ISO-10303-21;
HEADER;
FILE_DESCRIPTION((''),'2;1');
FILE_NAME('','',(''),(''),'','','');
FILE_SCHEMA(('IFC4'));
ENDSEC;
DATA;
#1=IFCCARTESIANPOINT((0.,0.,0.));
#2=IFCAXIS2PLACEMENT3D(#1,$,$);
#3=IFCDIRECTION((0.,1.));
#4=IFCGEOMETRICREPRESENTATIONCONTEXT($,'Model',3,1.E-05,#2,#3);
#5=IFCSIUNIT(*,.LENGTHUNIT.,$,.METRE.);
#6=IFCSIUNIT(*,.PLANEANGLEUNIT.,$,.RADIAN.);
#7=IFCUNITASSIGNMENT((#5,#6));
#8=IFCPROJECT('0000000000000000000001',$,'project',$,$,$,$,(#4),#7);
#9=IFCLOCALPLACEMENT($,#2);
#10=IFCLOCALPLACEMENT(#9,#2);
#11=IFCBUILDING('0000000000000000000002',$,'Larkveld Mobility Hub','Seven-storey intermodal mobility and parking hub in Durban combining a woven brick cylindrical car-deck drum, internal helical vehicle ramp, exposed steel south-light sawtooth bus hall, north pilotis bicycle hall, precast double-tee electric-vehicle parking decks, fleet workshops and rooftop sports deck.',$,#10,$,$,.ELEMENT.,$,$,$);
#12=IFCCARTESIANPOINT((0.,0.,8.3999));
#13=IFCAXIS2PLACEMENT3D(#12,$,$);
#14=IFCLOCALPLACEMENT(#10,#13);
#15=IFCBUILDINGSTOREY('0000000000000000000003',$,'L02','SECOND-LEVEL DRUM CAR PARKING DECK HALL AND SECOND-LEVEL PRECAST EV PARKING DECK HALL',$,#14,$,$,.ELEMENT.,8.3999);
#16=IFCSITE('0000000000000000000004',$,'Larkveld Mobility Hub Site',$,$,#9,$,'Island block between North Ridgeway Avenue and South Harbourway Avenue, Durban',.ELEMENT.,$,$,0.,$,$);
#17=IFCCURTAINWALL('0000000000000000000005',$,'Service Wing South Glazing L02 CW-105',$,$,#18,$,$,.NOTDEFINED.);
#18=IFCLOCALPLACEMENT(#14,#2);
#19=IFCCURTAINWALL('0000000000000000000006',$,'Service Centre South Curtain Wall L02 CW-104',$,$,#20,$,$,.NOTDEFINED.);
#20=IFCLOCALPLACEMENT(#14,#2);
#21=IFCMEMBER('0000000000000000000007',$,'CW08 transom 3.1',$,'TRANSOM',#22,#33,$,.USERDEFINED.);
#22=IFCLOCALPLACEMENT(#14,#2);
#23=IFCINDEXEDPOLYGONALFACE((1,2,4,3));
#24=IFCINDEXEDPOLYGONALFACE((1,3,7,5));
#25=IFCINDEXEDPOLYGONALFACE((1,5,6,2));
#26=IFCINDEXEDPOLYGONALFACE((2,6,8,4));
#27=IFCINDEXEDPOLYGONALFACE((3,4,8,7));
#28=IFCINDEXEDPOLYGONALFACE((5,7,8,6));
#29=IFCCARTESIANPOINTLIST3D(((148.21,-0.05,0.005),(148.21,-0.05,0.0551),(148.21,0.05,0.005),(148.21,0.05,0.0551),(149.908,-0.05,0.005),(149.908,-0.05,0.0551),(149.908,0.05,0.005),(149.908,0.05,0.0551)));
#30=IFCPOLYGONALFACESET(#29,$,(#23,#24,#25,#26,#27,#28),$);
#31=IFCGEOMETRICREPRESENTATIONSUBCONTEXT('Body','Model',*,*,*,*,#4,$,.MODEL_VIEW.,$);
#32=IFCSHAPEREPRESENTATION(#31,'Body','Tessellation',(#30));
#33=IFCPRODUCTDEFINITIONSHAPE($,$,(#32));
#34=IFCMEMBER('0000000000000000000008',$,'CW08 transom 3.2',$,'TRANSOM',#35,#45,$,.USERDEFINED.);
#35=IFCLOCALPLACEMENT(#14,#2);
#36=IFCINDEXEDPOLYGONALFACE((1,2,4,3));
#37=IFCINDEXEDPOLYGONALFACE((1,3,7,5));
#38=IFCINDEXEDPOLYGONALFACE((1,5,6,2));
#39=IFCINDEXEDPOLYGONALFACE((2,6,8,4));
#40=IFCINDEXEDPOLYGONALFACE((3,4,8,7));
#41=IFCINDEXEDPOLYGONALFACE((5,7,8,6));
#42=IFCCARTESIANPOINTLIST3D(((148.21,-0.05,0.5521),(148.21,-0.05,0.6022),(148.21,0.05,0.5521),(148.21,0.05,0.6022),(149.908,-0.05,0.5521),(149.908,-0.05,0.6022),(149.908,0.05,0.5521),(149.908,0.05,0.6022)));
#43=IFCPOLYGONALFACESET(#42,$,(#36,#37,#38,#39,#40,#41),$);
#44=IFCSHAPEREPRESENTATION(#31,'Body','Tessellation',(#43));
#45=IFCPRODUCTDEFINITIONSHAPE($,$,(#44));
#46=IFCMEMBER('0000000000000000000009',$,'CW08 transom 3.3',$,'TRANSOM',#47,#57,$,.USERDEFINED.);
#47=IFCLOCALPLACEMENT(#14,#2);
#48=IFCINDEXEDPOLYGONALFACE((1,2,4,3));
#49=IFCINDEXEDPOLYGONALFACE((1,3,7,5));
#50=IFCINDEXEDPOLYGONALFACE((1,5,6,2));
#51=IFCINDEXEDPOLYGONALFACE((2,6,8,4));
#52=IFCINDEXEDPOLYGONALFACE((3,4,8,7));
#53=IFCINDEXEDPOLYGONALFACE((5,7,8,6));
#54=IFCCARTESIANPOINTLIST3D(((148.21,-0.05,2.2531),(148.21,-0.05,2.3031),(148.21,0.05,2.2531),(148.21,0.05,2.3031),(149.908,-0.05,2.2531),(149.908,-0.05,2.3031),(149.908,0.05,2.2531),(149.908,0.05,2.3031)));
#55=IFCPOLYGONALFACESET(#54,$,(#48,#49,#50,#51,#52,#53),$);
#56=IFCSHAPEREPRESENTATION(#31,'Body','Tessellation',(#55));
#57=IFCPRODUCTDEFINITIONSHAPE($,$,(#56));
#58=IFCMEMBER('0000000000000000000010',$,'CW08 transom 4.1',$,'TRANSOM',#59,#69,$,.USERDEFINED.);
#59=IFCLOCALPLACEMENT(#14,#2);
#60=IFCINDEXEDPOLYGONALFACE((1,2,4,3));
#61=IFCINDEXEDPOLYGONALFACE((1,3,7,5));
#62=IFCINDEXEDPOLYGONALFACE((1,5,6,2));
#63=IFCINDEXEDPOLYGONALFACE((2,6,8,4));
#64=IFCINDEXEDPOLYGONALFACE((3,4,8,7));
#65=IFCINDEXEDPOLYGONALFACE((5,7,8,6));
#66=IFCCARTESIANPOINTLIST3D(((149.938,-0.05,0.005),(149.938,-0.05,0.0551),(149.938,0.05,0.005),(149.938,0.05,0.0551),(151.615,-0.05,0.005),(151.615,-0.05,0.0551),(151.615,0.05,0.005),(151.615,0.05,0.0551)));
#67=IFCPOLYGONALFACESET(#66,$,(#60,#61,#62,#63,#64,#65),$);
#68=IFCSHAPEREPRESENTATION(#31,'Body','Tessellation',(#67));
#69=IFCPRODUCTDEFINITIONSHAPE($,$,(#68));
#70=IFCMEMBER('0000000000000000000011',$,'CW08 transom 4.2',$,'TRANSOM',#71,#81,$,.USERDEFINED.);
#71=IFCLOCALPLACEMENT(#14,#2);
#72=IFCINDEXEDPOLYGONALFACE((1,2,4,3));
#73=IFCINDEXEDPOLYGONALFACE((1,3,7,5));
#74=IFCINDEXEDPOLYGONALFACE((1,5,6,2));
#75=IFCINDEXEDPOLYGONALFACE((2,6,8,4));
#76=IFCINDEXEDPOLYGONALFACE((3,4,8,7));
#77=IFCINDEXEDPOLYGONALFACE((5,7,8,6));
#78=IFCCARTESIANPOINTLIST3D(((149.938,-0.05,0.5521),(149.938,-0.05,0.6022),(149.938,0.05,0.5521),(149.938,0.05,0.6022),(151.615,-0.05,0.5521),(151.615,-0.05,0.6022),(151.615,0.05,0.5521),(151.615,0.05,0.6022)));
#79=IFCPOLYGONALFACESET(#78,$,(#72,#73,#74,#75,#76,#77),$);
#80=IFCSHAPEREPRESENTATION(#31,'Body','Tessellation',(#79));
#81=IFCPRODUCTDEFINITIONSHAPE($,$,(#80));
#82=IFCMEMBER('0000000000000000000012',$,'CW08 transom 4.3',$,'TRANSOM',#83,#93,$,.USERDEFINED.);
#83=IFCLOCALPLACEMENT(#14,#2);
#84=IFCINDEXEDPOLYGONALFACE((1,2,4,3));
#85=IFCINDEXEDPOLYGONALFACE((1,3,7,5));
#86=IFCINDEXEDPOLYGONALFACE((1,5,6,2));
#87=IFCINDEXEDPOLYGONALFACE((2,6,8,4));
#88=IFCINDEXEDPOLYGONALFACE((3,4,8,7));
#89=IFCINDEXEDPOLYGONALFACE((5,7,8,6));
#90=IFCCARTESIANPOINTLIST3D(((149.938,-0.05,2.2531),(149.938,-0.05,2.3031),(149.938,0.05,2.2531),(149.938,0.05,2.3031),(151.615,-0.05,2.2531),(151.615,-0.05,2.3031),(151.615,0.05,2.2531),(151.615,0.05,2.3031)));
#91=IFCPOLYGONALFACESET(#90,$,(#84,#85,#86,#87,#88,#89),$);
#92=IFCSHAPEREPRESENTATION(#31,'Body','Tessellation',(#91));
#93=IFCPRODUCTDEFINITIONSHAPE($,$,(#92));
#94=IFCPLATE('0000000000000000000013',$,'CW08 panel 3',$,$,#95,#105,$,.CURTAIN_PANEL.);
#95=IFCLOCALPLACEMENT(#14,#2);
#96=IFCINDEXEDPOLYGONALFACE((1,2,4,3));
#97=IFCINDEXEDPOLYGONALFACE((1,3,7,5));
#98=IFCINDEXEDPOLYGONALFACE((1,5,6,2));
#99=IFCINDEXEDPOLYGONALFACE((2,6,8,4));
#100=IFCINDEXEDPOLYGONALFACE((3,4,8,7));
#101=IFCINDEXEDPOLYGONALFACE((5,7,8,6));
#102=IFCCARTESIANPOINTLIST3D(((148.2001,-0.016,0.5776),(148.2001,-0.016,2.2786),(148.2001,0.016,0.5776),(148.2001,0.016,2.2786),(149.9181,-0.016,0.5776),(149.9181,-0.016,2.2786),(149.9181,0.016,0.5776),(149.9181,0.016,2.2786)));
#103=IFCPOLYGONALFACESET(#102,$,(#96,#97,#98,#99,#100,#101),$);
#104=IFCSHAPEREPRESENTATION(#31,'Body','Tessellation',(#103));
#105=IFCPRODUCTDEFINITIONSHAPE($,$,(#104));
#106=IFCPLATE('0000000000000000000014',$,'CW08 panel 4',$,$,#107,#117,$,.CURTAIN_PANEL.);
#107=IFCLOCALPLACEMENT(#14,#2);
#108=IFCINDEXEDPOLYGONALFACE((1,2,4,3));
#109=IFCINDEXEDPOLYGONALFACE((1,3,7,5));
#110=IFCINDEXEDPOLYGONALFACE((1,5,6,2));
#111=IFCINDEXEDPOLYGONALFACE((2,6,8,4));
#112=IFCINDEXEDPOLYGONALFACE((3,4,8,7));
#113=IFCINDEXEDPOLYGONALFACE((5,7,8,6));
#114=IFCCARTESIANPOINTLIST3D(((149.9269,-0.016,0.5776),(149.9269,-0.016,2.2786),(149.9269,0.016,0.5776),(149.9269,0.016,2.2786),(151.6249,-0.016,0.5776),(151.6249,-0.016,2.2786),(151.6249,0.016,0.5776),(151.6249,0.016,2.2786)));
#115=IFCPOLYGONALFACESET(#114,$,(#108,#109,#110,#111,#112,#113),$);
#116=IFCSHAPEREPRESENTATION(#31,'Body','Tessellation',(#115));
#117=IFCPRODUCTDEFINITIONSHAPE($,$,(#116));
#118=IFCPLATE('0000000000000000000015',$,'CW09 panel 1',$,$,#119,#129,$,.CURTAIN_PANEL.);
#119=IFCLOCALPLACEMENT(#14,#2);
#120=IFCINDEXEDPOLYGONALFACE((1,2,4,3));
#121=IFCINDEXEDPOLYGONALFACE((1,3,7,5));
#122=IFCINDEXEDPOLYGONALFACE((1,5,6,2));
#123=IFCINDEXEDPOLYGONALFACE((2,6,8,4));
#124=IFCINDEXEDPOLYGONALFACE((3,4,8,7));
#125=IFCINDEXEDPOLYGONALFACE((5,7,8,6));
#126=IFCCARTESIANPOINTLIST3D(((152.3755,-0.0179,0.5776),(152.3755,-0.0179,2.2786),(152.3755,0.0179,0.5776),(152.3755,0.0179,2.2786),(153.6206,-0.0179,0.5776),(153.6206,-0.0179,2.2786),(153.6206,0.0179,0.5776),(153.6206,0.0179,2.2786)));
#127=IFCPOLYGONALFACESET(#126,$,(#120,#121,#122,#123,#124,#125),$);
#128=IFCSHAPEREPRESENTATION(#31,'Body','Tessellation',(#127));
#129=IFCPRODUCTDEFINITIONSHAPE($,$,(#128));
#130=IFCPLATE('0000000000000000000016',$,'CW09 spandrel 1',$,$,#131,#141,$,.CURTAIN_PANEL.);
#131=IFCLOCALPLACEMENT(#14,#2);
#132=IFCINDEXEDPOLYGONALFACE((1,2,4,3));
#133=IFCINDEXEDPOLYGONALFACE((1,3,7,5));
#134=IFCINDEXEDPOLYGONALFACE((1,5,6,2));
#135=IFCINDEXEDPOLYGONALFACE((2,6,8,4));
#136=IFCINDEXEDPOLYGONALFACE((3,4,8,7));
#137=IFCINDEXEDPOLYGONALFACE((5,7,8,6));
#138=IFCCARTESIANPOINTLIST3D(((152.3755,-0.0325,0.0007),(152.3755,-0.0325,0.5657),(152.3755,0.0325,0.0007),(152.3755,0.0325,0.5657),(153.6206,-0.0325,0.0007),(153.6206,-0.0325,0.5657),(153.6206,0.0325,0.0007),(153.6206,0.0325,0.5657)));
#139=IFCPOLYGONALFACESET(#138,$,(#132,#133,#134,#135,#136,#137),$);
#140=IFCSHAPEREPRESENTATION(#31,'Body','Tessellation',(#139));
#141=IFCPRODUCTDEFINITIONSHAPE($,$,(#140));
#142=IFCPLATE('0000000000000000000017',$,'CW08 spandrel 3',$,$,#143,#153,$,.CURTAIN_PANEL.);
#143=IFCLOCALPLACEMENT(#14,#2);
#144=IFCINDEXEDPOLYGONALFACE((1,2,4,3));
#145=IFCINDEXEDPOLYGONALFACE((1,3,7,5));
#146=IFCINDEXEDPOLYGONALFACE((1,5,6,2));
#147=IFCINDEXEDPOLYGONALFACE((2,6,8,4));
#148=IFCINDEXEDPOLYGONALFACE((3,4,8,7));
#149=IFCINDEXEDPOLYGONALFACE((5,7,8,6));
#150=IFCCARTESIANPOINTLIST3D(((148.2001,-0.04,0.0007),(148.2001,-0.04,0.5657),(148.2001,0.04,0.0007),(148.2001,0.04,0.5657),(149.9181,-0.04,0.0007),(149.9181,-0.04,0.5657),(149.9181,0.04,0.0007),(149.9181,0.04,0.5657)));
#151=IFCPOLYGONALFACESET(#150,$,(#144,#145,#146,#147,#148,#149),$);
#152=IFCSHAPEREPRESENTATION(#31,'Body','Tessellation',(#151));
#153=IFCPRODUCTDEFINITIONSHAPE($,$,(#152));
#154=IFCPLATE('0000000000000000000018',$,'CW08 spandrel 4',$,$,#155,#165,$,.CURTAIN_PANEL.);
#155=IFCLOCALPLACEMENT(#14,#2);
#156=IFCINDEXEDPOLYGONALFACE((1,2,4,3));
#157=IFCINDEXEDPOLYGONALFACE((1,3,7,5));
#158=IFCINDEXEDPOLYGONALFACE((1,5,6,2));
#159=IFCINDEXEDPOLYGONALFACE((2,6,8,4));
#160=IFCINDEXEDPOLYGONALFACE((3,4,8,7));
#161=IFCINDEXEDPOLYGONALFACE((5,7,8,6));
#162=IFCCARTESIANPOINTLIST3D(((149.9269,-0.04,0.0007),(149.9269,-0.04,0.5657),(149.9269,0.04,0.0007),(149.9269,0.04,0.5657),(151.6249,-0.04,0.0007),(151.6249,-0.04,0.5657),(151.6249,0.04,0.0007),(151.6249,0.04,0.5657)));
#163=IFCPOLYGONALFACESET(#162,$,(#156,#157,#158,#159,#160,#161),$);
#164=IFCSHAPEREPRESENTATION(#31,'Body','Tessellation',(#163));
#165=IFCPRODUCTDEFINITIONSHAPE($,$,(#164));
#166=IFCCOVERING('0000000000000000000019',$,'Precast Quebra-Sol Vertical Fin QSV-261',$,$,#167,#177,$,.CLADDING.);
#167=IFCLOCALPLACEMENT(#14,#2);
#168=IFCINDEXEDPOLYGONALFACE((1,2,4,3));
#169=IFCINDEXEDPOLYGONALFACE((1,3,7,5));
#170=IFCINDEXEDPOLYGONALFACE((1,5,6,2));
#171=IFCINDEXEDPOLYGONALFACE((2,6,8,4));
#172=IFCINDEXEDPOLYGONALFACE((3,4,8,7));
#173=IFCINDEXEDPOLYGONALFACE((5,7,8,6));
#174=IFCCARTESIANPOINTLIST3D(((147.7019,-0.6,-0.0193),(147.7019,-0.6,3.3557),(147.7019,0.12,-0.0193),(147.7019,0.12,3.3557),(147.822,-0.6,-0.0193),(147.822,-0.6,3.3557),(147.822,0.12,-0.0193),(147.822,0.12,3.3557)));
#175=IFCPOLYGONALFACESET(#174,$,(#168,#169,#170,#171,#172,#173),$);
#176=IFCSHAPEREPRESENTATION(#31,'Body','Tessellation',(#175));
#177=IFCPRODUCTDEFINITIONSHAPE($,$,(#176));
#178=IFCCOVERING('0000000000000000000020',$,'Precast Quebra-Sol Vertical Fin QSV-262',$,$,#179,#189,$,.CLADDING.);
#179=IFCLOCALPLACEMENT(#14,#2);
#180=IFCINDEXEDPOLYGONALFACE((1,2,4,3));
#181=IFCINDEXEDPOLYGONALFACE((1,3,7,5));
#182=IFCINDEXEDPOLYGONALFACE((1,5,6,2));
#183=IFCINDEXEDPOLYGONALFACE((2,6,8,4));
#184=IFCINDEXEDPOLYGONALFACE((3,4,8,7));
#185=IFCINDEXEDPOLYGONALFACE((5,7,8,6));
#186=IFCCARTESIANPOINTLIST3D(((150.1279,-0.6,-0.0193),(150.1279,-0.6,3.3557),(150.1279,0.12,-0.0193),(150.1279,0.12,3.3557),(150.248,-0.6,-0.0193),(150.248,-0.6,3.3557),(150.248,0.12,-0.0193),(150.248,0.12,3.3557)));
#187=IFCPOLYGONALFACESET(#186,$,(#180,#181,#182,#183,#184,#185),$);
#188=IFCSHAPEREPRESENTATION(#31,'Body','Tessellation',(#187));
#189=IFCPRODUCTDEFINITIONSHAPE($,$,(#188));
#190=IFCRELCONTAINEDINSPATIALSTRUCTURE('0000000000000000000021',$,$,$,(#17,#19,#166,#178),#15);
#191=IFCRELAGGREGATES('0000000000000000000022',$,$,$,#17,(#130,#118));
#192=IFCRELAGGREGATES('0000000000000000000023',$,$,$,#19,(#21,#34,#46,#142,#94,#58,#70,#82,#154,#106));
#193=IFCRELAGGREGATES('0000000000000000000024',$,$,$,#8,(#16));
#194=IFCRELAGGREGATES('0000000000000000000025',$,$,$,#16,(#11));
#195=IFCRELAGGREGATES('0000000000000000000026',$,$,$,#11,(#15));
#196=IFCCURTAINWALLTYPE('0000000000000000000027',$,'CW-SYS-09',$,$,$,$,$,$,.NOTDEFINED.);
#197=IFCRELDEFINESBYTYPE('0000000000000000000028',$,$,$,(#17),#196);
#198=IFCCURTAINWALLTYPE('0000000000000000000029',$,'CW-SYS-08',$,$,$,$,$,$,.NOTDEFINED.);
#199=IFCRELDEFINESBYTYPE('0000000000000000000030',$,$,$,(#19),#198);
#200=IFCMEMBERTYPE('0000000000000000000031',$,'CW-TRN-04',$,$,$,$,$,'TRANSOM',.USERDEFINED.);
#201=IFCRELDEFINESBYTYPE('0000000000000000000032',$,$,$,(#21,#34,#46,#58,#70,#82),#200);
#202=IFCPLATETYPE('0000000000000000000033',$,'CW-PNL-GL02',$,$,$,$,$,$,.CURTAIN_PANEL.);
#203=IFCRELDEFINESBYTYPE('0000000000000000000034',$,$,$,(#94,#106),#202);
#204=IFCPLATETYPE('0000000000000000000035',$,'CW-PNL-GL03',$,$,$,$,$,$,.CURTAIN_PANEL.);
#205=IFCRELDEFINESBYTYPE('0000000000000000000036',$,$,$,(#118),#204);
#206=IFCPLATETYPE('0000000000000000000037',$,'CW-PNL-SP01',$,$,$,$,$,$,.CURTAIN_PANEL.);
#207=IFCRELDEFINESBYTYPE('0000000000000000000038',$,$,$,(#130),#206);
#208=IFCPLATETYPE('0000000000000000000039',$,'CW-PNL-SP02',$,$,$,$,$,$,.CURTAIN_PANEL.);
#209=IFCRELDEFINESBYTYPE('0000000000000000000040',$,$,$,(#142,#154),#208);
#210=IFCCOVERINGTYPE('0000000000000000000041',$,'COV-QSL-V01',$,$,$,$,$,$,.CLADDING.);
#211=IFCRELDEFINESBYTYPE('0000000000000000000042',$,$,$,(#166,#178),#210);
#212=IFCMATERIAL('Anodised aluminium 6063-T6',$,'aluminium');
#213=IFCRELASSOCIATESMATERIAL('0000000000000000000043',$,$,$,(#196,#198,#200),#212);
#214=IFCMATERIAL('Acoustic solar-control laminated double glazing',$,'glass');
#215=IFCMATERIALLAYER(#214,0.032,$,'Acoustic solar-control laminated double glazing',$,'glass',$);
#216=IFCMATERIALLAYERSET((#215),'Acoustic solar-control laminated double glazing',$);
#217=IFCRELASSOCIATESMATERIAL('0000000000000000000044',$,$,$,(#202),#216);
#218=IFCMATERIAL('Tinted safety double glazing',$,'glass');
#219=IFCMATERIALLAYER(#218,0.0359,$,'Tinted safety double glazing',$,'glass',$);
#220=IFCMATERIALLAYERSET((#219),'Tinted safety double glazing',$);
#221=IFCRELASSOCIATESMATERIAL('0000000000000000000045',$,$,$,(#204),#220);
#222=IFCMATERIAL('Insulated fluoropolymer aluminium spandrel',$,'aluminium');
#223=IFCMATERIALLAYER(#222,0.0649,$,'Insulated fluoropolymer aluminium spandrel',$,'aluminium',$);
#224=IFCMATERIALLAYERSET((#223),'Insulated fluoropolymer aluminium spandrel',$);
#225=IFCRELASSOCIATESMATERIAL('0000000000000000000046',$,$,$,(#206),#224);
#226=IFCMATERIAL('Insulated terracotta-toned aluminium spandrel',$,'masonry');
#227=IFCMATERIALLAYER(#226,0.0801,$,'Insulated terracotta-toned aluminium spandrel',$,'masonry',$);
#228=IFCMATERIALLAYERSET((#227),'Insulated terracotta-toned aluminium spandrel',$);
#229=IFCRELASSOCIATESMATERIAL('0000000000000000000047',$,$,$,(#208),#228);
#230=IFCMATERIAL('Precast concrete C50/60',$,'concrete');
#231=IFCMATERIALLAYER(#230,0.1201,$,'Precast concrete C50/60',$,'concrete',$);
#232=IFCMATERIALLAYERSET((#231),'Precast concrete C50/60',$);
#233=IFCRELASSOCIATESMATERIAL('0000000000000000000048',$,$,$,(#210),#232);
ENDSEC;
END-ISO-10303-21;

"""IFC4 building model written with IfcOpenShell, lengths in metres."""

from ifc_helpers import new_model, si_unit, direction, frame, origin, origin_2d, place, context, subcontext, project, spatial, rectangle, extrude, material, layer, layer_set, material_profile, profile_set, type_object, element, aggregate, save


model = new_model("IFC4")

# Units and contexts
model_context = context("Model", 3, precision=1e-05, world=origin(), true_north=direction((0.0, 1.0)))
body_context = subcontext(model_context, "Body", "Model", "MODEL_VIEW")
ifc_project = project(units=[si_unit("LENGTHUNIT", "METRE"), si_unit("PLANEANGLEUNIT", "RADIAN")], contexts=[model_context])

# Site, building, storey
site_placement = place(None, origin())
site = spatial("IfcSite", under=ifc_project, at=site_placement, Name="Larkveld Mobility Hub Site", LongName="Island block between North Ridgeway Avenue and South Harbourway Avenue, Durban", CompositionType="ELEMENT", RefElevation=0.0)
building_placement = place(site_placement, origin())
building = spatial("IfcBuilding", under=site, at=building_placement, Name="Larkveld Mobility Hub", Description="Seven-storey intermodal mobility and parking hub in Durban combining a woven brick cylindrical car-deck drum, internal helical vehicle ramp, exposed steel south-light sawtooth bus hall, north pilotis bicycle hall, precast double-tee electric-vehicle parking decks, fleet workshops and rooftop sports deck.", CompositionType="ELEMENT")
storey_placement = place(building_placement, frame((0.0, 0.0, 8.3999)))
storey = spatial("IfcBuildingStorey", under=building, at=storey_placement, Name="L02", Description="SECOND-LEVEL DRUM CAR PARKING DECK HALL AND SECOND-LEVEL PRECAST EV PARKING DECK HALL", CompositionType="ELEMENT", Elevation=8.3999)

# Shared definitions
ifc_material_1 = material(Name="Precast concrete C50/60", Category="concrete")

# Curtain wall
ifc_material_2 = material(Name="Anodised aluminium 6063-T6", Category="aluminium")
curtain_wall_type_1 = type_object("IfcCurtainWallType", Name="CW-SYS-09", PredefinedType="NOTDEFINED", material=ifc_material_2)
curtain_wall_1_placement = place(storey_placement, origin())
curtain_wall_1 = element("IfcCurtainWall", 1, at=curtain_wall_1_placement, inside=storey, type_object=curtain_wall_type_1, Name="Service Wing South Glazing L02 CW-105", PredefinedType="NOTDEFINED")

# Curtain wall
curtain_wall_type_2 = type_object("IfcCurtainWallType", Name="CW-SYS-08", PredefinedType="NOTDEFINED", material=ifc_material_2)
curtain_wall_2_placement = place(storey_placement, origin())
curtain_wall_2 = element("IfcCurtainWall", 2, at=curtain_wall_2_placement, inside=storey, type_object=curtain_wall_type_2, Name="Service Centre South Curtain Wall L02 CW-104", PredefinedType="NOTDEFINED")

# Members
ifc_material_profile_1 = material_profile(ifc_material_2, rectangle(XDim=0.1001, YDim=0.05, at=origin_2d()), Name="ALU TRAN 50x100")
ifc_profile_set_1 = profile_set([ifc_material_profile_1], Name="Anodised aluminium 6063-T6")
member_type_1 = type_object("IfcMemberType", Name="CW-TRN-04", ElementType="TRANSOM", PredefinedType="USERDEFINED", material=ifc_profile_set_1)
member_1_placement = place(storey_placement, frame((148.21, 0.0, 0.03), z_axis=(1.0, 0.0, 0.0), x_axis=(0.0, 1.0, 0.0)))
member_1 = element("IfcMember", 3, at=member_1_placement, type_object=member_type_1, Name="CW08 transom 3.1", ObjectType="TRANSOM", PredefinedType="USERDEFINED", context=body_context, shape_type="SweptSolid", body=[
    extrude(rectangle(XDim=0.1001, YDim=0.05, at=origin_2d()), origin(), (0.0, 0.0, 1.0), 1.698),
])
member_2_placement = place(storey_placement, frame((148.21, 0.0, 0.5771), z_axis=(1.0, 0.0, 0.0), x_axis=(0.0, 1.0, 0.0)))
member_2 = element("IfcMember", 4, at=member_2_placement, type_object=member_type_1, Name="CW08 transom 3.2", ObjectType="TRANSOM", PredefinedType="USERDEFINED", context=body_context, shape_type="SweptSolid", body=[
    extrude(rectangle(XDim=0.1001, YDim=0.05, at=origin_2d()), origin(), (0.0, 0.0, 1.0), 1.698),
])
member_3_placement = place(storey_placement, frame((148.21, 0.0, 2.2781), z_axis=(1.0, 0.0, 0.0), x_axis=(0.0, 1.0, 0.0)))
member_3 = element("IfcMember", 5, at=member_3_placement, type_object=member_type_1, Name="CW08 transom 3.3", ObjectType="TRANSOM", PredefinedType="USERDEFINED", context=body_context, shape_type="SweptSolid", body=[
    extrude(rectangle(XDim=0.1001, YDim=0.05, at=origin_2d()), origin(), (0.0, 0.0, 1.0), 1.698),
])
member_4_placement = place(storey_placement, frame((149.938, 0.0, 0.03), z_axis=(1.0, 0.0, 0.0), x_axis=(0.0, 1.0, 0.0)))
member_4 = element("IfcMember", 6, at=member_4_placement, type_object=member_type_1, Name="CW08 transom 4.1", ObjectType="TRANSOM", PredefinedType="USERDEFINED", context=body_context, shape_type="SweptSolid", body=[
    extrude(rectangle(XDim=0.1001, YDim=0.05, at=origin_2d()), origin(), (0.0, 0.0, 1.0), 1.677),
])
member_5_placement = place(storey_placement, frame((149.938, 0.0, 0.5771), z_axis=(1.0, 0.0, 0.0), x_axis=(0.0, 1.0, 0.0)))
member_5 = element("IfcMember", 7, at=member_5_placement, type_object=member_type_1, Name="CW08 transom 4.2", ObjectType="TRANSOM", PredefinedType="USERDEFINED", context=body_context, shape_type="SweptSolid", body=[
    extrude(rectangle(XDim=0.1001, YDim=0.05, at=origin_2d()), origin(), (0.0, 0.0, 1.0), 1.677),
])
member_6_placement = place(storey_placement, frame((149.938, 0.0, 2.2781), z_axis=(1.0, 0.0, 0.0), x_axis=(0.0, 1.0, 0.0)))
member_6 = element("IfcMember", 8, at=member_6_placement, type_object=member_type_1, Name="CW08 transom 4.3", ObjectType="TRANSOM", PredefinedType="USERDEFINED", context=body_context, shape_type="SweptSolid", body=[
    extrude(rectangle(XDim=0.1001, YDim=0.05, at=origin_2d()), origin(), (0.0, 0.0, 1.0), 1.677),
])

# Plates
ifc_material_3 = material(Name="Acoustic solar-control laminated double glazing", Category="glass")
ifc_layer_1 = layer(ifc_material_3, 0.032, Name="Acoustic solar-control laminated double glazing", Category="glass")
ifc_layer_set_1 = layer_set([ifc_layer_1], Name="Acoustic solar-control laminated double glazing")
plate_type_1 = type_object("IfcPlateType", Name="CW-PNL-GL02", PredefinedType="CURTAIN_PANEL", material=ifc_layer_set_1)
plate_1_placement = place(storey_placement, frame((149.0591, 0.0, 0.5776), z_axis=(0.0, 0.0, 1.0), x_axis=(1.0, 0.0, 0.0)))
plate_1 = element("IfcPlate", 9, at=plate_1_placement, type_object=plate_type_1, Name="CW08 panel 3", PredefinedType="CURTAIN_PANEL", context=body_context, shape_type="SweptSolid", body=[
    extrude(rectangle(XDim=1.718, YDim=0.032, at=origin_2d()), origin(), (0.0, 0.0, 1.0), 1.7009),
])
plate_2_placement = place(storey_placement, frame((150.7759, 0.0, 0.5776), z_axis=(0.0, 0.0, 1.0), x_axis=(1.0, 0.0, 0.0)))
plate_2 = element("IfcPlate", 10, at=plate_2_placement, type_object=plate_type_1, Name="CW08 panel 4", PredefinedType="CURTAIN_PANEL", context=body_context, shape_type="SweptSolid", body=[
    extrude(rectangle(XDim=1.698, YDim=0.032, at=origin_2d()), origin(), (0.0, 0.0, 1.0), 1.7009),
])
ifc_material_4 = material(Name="Tinted safety double glazing", Category="glass")
ifc_layer_2 = layer(ifc_material_4, 0.0359, Name="Tinted safety double glazing", Category="glass")
ifc_layer_set_2 = layer_set([ifc_layer_2], Name="Tinted safety double glazing")
plate_type_2 = type_object("IfcPlateType", Name="CW-PNL-GL03", PredefinedType="CURTAIN_PANEL", material=ifc_layer_set_2)
plate_3_placement = place(storey_placement, frame((152.998, 0.0, 0.5776), z_axis=(0.0, 0.0, 1.0), x_axis=(1.0, 0.0, 0.0)))
plate_3 = element("IfcPlate", 11, at=plate_3_placement, type_object=plate_type_2, Name="CW09 panel 1", PredefinedType="CURTAIN_PANEL", context=body_context, shape_type="SweptSolid", body=[
    extrude(rectangle(XDim=1.2451, YDim=0.0359, at=origin_2d()), origin(), (0.0, 0.0, 1.0), 1.7009),
])
ifc_material_5 = material(Name="Insulated fluoropolymer aluminium spandrel", Category="aluminium")
ifc_layer_3 = layer(ifc_material_5, 0.0649, Name="Insulated fluoropolymer aluminium spandrel", Category="aluminium")
ifc_layer_set_3 = layer_set([ifc_layer_3], Name="Insulated fluoropolymer aluminium spandrel")
plate_type_3 = type_object("IfcPlateType", Name="CW-PNL-SP01", PredefinedType="CURTAIN_PANEL", material=ifc_layer_set_3)
plate_4_placement = place(storey_placement, frame((152.998, 0.0, 0.0007), z_axis=(0.0, 0.0, 1.0), x_axis=(1.0, 0.0, 0.0)))
plate_4 = element("IfcPlate", 12, at=plate_4_placement, type_object=plate_type_3, Name="CW09 spandrel 1", PredefinedType="CURTAIN_PANEL", context=body_context, shape_type="SweptSolid", body=[
    extrude(rectangle(XDim=1.2451, YDim=0.0649, at=origin_2d()), origin(), (0.0, 0.0, 1.0), 0.5649),
])
aggregate(curtain_wall_1, [plate_4, plate_3])
ifc_material_6 = material(Name="Insulated terracotta-toned aluminium spandrel", Category="masonry")
ifc_layer_4 = layer(ifc_material_6, 0.0801, Name="Insulated terracotta-toned aluminium spandrel", Category="masonry")
ifc_layer_set_4 = layer_set([ifc_layer_4], Name="Insulated terracotta-toned aluminium spandrel")
plate_type_4 = type_object("IfcPlateType", Name="CW-PNL-SP02", PredefinedType="CURTAIN_PANEL", material=ifc_layer_set_4)
plate_5_placement = place(storey_placement, frame((149.0591, 0.0, 0.0007), z_axis=(0.0, 0.0, 1.0), x_axis=(1.0, 0.0, 0.0)))
plate_5 = element("IfcPlate", 13, at=plate_5_placement, type_object=plate_type_4, Name="CW08 spandrel 3", PredefinedType="CURTAIN_PANEL", context=body_context, shape_type="SweptSolid", body=[
    extrude(rectangle(XDim=1.718, YDim=0.0801, at=origin_2d()), origin(), (0.0, 0.0, 1.0), 0.5649),
])
plate_6_placement = place(storey_placement, frame((150.7759, 0.0, 0.0007), z_axis=(0.0, 0.0, 1.0), x_axis=(1.0, 0.0, 0.0)))
plate_6 = element("IfcPlate", 14, at=plate_6_placement, type_object=plate_type_4, Name="CW08 spandrel 4", PredefinedType="CURTAIN_PANEL", context=body_context, shape_type="SweptSolid", body=[
    extrude(rectangle(XDim=1.698, YDim=0.0801, at=origin_2d()), origin(), (0.0, 0.0, 1.0), 0.5649),
])
aggregate(curtain_wall_2, [member_1, member_2, member_3, plate_5, plate_1, member_4, member_5, member_6, plate_6, plate_2])

# Coverings
ifc_layer_5 = layer(ifc_material_1, 0.1201, Name="Precast concrete C50/60", Category="concrete")
ifc_layer_set_5 = layer_set([ifc_layer_5], Name="Precast concrete C50/60")
covering_type = type_object("IfcCoveringType", Name="COV-QSL-V01", PredefinedType="CLADDING", material=ifc_layer_set_5)
for number, where, z_axis, x_axis, name in (
    (15, (147.762, -0.24, -0.0193), (0.0, 0.0, 1.0), (1.0, 0.0, 0.0), "Precast Quebra-Sol Vertical Fin QSV-261"),
    (16, (150.188, -0.24, -0.0193), (0.0, 0.0, 1.0), (1.0, 0.0, 0.0), "Precast Quebra-Sol Vertical Fin QSV-262"),
):
    element("IfcCovering", number, at=place(storey_placement, frame(where, z_axis=z_axis, x_axis=x_axis)), inside=storey, type_object=covering_type, Name=name, PredefinedType="CLADDING", context=body_context, shape_type="SweptSolid", body=[
        extrude(rectangle(XDim=0.1201, YDim=0.72, at=origin_2d()), origin(), (0.0, 0.0, 1.0), 3.375),
    ])

save(model, "model.ifc")
